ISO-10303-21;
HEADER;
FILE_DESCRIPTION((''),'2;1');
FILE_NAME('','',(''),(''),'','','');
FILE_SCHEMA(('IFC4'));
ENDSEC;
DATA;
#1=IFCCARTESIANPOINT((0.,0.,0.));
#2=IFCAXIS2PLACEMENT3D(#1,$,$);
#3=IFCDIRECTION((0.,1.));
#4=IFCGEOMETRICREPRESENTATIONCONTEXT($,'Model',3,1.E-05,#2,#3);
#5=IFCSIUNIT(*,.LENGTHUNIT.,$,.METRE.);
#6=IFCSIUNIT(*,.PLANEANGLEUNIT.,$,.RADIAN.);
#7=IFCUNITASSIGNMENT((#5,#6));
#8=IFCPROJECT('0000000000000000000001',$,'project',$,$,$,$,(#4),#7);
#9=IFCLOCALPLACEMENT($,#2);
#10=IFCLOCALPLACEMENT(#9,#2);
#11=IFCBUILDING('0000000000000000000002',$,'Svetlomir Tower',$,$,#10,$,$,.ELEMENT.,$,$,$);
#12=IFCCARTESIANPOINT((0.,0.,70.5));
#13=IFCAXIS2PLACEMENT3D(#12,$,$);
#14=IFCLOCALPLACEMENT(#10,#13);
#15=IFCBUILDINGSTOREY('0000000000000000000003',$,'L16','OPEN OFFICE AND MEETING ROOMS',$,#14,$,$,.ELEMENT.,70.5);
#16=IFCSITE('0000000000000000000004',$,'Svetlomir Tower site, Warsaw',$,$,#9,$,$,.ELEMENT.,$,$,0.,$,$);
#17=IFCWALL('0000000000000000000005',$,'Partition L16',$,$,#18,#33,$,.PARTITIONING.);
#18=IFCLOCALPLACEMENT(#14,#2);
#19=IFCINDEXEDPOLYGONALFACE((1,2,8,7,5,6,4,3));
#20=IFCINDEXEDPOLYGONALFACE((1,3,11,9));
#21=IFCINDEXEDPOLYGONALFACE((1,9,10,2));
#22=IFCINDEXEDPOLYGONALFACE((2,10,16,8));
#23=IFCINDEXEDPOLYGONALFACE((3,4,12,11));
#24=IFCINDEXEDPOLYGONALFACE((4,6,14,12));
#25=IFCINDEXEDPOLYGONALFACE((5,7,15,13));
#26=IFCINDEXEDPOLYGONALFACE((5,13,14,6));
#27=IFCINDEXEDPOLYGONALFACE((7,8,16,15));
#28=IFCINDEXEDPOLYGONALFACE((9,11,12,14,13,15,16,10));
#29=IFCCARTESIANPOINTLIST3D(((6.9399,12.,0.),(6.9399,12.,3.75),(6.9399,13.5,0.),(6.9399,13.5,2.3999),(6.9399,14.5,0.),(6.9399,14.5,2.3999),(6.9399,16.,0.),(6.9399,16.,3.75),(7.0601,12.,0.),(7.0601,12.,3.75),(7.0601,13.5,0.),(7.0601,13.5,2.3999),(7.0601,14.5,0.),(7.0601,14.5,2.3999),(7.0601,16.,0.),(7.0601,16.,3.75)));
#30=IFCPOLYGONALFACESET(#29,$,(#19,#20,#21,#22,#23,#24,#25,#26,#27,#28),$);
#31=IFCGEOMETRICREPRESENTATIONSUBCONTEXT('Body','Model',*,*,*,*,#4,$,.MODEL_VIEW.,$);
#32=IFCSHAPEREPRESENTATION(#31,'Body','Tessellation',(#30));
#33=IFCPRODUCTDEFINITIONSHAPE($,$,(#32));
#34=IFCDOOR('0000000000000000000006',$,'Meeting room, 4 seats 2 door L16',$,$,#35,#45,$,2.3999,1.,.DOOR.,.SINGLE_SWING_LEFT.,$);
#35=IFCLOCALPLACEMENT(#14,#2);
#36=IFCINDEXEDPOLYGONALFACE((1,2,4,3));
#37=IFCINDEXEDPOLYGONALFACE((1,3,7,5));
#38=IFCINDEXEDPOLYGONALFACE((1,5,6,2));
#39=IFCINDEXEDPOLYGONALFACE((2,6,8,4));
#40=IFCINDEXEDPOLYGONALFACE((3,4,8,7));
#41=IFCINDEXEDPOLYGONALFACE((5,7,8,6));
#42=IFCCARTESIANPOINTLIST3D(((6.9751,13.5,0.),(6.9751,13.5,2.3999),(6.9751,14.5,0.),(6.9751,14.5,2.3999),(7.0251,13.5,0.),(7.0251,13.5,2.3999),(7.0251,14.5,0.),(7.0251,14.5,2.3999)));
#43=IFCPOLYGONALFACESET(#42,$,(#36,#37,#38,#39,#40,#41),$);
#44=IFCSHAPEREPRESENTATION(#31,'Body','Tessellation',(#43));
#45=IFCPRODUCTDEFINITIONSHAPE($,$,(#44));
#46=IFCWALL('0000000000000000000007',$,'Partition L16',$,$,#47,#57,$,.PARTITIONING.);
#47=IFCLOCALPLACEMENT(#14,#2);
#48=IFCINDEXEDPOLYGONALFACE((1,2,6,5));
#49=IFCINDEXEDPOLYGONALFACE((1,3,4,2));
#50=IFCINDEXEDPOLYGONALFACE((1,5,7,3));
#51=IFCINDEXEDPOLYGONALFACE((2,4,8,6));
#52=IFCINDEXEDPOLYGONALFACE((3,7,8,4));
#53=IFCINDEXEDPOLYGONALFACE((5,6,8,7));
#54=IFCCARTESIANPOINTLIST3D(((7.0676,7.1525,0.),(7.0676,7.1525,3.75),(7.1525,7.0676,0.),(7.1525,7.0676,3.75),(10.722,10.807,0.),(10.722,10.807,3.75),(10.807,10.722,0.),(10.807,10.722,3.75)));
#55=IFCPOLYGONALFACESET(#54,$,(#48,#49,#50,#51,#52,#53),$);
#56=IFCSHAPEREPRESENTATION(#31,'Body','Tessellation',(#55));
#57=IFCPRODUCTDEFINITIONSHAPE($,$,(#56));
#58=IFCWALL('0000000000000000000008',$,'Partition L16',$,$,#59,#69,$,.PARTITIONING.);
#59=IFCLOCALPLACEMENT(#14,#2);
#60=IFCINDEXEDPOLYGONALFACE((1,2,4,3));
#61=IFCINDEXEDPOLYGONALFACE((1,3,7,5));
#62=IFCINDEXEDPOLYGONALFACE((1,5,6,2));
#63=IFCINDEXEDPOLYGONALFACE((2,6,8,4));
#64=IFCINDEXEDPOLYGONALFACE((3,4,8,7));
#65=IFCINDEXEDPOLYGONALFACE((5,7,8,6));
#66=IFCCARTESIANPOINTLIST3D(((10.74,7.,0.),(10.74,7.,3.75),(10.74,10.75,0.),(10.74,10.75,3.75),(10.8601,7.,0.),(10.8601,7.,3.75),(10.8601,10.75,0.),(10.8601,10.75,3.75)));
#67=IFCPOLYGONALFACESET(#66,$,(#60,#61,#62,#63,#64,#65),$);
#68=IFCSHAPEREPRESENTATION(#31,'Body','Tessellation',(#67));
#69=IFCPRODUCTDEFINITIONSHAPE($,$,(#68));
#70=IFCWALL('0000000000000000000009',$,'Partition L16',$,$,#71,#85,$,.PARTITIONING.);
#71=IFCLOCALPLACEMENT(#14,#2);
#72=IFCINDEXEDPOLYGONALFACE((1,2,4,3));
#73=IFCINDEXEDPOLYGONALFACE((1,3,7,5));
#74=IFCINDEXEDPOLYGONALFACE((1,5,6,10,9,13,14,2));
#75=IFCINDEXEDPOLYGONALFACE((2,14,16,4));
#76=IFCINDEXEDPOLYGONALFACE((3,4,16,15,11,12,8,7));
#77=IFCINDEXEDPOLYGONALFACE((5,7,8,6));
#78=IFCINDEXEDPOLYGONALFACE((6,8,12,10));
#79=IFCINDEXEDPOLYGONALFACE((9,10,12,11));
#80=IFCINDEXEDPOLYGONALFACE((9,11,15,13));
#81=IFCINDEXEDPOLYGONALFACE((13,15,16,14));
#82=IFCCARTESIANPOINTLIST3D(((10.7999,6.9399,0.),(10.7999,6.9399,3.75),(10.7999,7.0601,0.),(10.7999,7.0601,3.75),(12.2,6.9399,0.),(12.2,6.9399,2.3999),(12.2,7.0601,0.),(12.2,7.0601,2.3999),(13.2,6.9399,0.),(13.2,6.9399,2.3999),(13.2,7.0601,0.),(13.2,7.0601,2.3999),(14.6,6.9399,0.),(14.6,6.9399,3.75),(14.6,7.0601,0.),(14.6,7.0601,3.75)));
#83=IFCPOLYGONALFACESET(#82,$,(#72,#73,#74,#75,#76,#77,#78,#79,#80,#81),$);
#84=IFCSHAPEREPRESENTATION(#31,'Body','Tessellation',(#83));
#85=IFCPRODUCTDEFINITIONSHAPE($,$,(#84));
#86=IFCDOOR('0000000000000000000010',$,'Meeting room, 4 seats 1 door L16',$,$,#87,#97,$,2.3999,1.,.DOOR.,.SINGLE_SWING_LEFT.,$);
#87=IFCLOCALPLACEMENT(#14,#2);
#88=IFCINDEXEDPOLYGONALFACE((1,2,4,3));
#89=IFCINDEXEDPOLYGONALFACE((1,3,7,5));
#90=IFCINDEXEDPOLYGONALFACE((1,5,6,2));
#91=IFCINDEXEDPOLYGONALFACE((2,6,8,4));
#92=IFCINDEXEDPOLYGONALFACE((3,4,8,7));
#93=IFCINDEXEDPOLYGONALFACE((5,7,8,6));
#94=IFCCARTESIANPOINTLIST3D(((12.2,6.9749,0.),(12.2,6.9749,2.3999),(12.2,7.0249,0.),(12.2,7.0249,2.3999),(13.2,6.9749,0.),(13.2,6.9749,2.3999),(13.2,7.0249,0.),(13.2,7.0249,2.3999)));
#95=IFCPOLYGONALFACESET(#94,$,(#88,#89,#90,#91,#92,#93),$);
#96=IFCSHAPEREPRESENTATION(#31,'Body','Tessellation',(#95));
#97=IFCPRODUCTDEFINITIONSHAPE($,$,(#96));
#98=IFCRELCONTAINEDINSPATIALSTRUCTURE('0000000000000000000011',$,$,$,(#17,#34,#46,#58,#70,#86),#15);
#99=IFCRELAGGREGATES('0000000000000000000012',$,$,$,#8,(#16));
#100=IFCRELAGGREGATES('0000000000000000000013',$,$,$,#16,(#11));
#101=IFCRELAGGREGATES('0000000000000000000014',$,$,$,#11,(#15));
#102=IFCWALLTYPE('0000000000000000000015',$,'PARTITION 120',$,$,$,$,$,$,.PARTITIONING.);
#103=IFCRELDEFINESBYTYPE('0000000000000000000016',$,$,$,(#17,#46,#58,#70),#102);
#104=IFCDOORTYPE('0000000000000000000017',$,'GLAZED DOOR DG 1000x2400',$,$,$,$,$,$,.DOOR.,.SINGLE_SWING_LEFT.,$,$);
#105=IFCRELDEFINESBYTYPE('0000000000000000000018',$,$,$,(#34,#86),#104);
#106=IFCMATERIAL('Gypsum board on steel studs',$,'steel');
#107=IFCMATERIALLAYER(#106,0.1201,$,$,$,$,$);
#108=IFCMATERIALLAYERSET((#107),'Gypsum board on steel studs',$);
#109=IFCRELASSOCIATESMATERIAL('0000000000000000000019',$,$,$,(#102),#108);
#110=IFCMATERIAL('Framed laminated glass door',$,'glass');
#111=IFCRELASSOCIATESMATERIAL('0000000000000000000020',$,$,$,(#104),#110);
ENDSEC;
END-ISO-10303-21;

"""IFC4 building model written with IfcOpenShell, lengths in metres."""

from ifc_helpers import new_model, si_unit, direction, frame, frame_2d, origin, place, context, subcontext, project, spatial, rectangle, extrude, material, layer, layer_set, type_object, element, fill, save


model = new_model("IFC4")

# Units and contexts
model_context = context("Model", 3, precision=1e-05, world=origin(), true_north=direction((0.0, 1.0)))
body_context = subcontext(model_context, "Body", "Model", "MODEL_VIEW")
ifc_project = project(units=[si_unit("LENGTHUNIT", "METRE"), si_unit("PLANEANGLEUNIT", "RADIAN")], contexts=[model_context])

# Site, building, storey
site_placement = place(None, origin())
site = spatial("IfcSite", under=ifc_project, at=site_placement, Name="Svetlomir Tower site, Warsaw", CompositionType="ELEMENT", RefElevation=0.0)
building_placement = place(site_placement, origin())
building = spatial("IfcBuilding", under=site, at=building_placement, Name="Svetlomir Tower", CompositionType="ELEMENT")
storey_placement = place(building_placement, frame((0.0, 0.0, 70.5)))
storey = spatial("IfcBuildingStorey", under=building, at=storey_placement, Name="L16", Description="OPEN OFFICE AND MEETING ROOMS", CompositionType="ELEMENT", Elevation=70.5)

# Wall, opening, door
ifc_material_1 = material(Name="Gypsum board on steel studs", Category="steel")
ifc_layer_1 = layer(ifc_material_1, 0.1201)
ifc_layer_set_1 = layer_set([ifc_layer_1], Name="Gypsum board on steel studs")
wall_type_1 = type_object("IfcWallType", Name="PARTITION 120", PredefinedType="PARTITIONING", material=ifc_layer_set_1)
wall_1_placement = place(storey_placement, frame((7.0, 12.0, 0.0), z_axis=(0.0, 0.0, 1.0), x_axis=(0.0, 1.0, 0.0)))
wall_1 = element("IfcWall", 1, at=wall_1_placement, inside=storey, type_object=wall_type_1, Name="Partition L16", PredefinedType="PARTITIONING", context=body_context, shape_type="SweptSolid", body=[
    extrude(rectangle(XDim=4.0, YDim=0.1201, at=frame_2d((2.0, 0.0))), origin(), (0.0, 0.0, 1.0), 3.75),
])
opening_1_placement = place(wall_1_placement, frame((1.5, 0.0, 0.0)))
opening_1 = element("IfcOpeningElement", 2, at=opening_1_placement, cuts=wall_1, PredefinedType="OPENING", context=body_context, shape_type="SweptSolid", body=[
    extrude(rectangle(XDim=1.0, YDim=2.3999, at=frame_2d((0.5, 1.2))), frame((0.0, 0.0701, 0.0), z_axis=(0.0, -1.0, 0.0), x_axis=(1.0, 0.0, 0.0)), (0.0, 0.0, 1.0), 0.1401),
])
ifc_material_2 = material(Name="Framed laminated glass door", Category="glass")
door_type_1 = type_object("IfcDoorType", Name="GLAZED DOOR DG 1000x2400", OperationType="SINGLE_SWING_LEFT", PredefinedType="DOOR", material=ifc_material_2)
door_1_placement = place(opening_1_placement, origin())
door_1 = element("IfcDoor", 3, at=door_1_placement, inside=storey, type_object=door_type_1, Name="Meeting room, 4 seats 2 door L16", OperationType="SINGLE_SWING_LEFT", OverallHeight=2.3999, OverallWidth=1.0, PredefinedType="DOOR", context=body_context, shape_type="SweptSolid", body=[
    extrude(rectangle(XDim=1.0, YDim=2.3999, at=frame_2d((0.5, 1.2))), frame((0.0, 0.0249, 0.0), z_axis=(0.0, -1.0, 0.0), x_axis=(1.0, 0.0, 0.0)), (0.0, 0.0, 1.0), 0.05),
])
fill(opening_1, door_1)

# Walls
wall_2_placement = place(storey_placement, frame((7.1101, 7.1101, 0.0), z_axis=(0.0, 0.0, 1.0), x_axis=(0.707107, 0.707107, 0.0)))
element("IfcWall", 4, at=wall_2_placement, inside=storey, type_object=wall_type_1, Name="Partition L16", PredefinedType="PARTITIONING", context=body_context, shape_type="SweptSolid", body=[
    extrude(rectangle(XDim=5.1682, YDim=0.1201, at=frame_2d((2.584, 0.0))), origin(), (0.0, 0.0, 1.0), 3.75),
])
wall_3_placement = place(storey_placement, frame((10.8, 7.0, 0.0), z_axis=(0.0, 0.0, 1.0), x_axis=(0.0, 1.0, 0.0)))
element("IfcWall", 5, at=wall_3_placement, inside=storey, type_object=wall_type_1, Name="Partition L16", PredefinedType="PARTITIONING", context=body_context, shape_type="SweptSolid", body=[
    extrude(rectangle(XDim=3.75, YDim=0.1201, at=frame_2d((1.875, 0.0))), origin(), (0.0, 0.0, 1.0), 3.75),
])

# Wall, opening, door
wall_4_placement = place(storey_placement, frame((10.8, 7.0, 0.0), z_axis=(0.0, 0.0, 1.0), x_axis=(1.0, 0.0, 0.0)))
wall_4 = element("IfcWall", 6, at=wall_4_placement, inside=storey, type_object=wall_type_1, Name="Partition L16", PredefinedType="PARTITIONING", context=body_context, shape_type="SweptSolid", body=[
    extrude(rectangle(XDim=3.8, YDim=0.1201, at=frame_2d((1.8999, 0.0))), origin(), (0.0, 0.0, 1.0), 3.75),
])
opening_2_placement = place(wall_4_placement, frame((1.3999, 0.0, 0.0)))
opening_2 = element("IfcOpeningElement", 7, at=opening_2_placement, cuts=wall_4, PredefinedType="OPENING", context=body_context, shape_type="SweptSolid", body=[
    extrude(rectangle(XDim=1.0, YDim=2.3999, at=frame_2d((0.5, 1.2))), frame((0.0, 0.0701, 0.0), z_axis=(0.0, -1.0, 0.0), x_axis=(1.0, 0.0, 0.0)), (0.0, 0.0, 1.0), 0.1401),
])
door_2_placement = place(opening_2_placement, origin())
door_2 = element("IfcDoor", 8, at=door_2_placement, inside=storey, type_object=door_type_1, Name="Meeting room, 4 seats 1 door L16", OperationType="SINGLE_SWING_LEFT", OverallHeight=2.3999, OverallWidth=1.0, PredefinedType="DOOR", context=body_context, shape_type="SweptSolid", body=[
    extrude(rectangle(XDim=1.0, YDim=2.3999, at=frame_2d((0.5, 1.2))), frame((0.0, 0.0249, 0.0), z_axis=(0.0, -1.0, 0.0), x_axis=(1.0, 0.0, 0.0)), (0.0, 0.0, 1.0), 0.05),
])
fill(opening_2, door_2)

save(model, "model.ifc")
